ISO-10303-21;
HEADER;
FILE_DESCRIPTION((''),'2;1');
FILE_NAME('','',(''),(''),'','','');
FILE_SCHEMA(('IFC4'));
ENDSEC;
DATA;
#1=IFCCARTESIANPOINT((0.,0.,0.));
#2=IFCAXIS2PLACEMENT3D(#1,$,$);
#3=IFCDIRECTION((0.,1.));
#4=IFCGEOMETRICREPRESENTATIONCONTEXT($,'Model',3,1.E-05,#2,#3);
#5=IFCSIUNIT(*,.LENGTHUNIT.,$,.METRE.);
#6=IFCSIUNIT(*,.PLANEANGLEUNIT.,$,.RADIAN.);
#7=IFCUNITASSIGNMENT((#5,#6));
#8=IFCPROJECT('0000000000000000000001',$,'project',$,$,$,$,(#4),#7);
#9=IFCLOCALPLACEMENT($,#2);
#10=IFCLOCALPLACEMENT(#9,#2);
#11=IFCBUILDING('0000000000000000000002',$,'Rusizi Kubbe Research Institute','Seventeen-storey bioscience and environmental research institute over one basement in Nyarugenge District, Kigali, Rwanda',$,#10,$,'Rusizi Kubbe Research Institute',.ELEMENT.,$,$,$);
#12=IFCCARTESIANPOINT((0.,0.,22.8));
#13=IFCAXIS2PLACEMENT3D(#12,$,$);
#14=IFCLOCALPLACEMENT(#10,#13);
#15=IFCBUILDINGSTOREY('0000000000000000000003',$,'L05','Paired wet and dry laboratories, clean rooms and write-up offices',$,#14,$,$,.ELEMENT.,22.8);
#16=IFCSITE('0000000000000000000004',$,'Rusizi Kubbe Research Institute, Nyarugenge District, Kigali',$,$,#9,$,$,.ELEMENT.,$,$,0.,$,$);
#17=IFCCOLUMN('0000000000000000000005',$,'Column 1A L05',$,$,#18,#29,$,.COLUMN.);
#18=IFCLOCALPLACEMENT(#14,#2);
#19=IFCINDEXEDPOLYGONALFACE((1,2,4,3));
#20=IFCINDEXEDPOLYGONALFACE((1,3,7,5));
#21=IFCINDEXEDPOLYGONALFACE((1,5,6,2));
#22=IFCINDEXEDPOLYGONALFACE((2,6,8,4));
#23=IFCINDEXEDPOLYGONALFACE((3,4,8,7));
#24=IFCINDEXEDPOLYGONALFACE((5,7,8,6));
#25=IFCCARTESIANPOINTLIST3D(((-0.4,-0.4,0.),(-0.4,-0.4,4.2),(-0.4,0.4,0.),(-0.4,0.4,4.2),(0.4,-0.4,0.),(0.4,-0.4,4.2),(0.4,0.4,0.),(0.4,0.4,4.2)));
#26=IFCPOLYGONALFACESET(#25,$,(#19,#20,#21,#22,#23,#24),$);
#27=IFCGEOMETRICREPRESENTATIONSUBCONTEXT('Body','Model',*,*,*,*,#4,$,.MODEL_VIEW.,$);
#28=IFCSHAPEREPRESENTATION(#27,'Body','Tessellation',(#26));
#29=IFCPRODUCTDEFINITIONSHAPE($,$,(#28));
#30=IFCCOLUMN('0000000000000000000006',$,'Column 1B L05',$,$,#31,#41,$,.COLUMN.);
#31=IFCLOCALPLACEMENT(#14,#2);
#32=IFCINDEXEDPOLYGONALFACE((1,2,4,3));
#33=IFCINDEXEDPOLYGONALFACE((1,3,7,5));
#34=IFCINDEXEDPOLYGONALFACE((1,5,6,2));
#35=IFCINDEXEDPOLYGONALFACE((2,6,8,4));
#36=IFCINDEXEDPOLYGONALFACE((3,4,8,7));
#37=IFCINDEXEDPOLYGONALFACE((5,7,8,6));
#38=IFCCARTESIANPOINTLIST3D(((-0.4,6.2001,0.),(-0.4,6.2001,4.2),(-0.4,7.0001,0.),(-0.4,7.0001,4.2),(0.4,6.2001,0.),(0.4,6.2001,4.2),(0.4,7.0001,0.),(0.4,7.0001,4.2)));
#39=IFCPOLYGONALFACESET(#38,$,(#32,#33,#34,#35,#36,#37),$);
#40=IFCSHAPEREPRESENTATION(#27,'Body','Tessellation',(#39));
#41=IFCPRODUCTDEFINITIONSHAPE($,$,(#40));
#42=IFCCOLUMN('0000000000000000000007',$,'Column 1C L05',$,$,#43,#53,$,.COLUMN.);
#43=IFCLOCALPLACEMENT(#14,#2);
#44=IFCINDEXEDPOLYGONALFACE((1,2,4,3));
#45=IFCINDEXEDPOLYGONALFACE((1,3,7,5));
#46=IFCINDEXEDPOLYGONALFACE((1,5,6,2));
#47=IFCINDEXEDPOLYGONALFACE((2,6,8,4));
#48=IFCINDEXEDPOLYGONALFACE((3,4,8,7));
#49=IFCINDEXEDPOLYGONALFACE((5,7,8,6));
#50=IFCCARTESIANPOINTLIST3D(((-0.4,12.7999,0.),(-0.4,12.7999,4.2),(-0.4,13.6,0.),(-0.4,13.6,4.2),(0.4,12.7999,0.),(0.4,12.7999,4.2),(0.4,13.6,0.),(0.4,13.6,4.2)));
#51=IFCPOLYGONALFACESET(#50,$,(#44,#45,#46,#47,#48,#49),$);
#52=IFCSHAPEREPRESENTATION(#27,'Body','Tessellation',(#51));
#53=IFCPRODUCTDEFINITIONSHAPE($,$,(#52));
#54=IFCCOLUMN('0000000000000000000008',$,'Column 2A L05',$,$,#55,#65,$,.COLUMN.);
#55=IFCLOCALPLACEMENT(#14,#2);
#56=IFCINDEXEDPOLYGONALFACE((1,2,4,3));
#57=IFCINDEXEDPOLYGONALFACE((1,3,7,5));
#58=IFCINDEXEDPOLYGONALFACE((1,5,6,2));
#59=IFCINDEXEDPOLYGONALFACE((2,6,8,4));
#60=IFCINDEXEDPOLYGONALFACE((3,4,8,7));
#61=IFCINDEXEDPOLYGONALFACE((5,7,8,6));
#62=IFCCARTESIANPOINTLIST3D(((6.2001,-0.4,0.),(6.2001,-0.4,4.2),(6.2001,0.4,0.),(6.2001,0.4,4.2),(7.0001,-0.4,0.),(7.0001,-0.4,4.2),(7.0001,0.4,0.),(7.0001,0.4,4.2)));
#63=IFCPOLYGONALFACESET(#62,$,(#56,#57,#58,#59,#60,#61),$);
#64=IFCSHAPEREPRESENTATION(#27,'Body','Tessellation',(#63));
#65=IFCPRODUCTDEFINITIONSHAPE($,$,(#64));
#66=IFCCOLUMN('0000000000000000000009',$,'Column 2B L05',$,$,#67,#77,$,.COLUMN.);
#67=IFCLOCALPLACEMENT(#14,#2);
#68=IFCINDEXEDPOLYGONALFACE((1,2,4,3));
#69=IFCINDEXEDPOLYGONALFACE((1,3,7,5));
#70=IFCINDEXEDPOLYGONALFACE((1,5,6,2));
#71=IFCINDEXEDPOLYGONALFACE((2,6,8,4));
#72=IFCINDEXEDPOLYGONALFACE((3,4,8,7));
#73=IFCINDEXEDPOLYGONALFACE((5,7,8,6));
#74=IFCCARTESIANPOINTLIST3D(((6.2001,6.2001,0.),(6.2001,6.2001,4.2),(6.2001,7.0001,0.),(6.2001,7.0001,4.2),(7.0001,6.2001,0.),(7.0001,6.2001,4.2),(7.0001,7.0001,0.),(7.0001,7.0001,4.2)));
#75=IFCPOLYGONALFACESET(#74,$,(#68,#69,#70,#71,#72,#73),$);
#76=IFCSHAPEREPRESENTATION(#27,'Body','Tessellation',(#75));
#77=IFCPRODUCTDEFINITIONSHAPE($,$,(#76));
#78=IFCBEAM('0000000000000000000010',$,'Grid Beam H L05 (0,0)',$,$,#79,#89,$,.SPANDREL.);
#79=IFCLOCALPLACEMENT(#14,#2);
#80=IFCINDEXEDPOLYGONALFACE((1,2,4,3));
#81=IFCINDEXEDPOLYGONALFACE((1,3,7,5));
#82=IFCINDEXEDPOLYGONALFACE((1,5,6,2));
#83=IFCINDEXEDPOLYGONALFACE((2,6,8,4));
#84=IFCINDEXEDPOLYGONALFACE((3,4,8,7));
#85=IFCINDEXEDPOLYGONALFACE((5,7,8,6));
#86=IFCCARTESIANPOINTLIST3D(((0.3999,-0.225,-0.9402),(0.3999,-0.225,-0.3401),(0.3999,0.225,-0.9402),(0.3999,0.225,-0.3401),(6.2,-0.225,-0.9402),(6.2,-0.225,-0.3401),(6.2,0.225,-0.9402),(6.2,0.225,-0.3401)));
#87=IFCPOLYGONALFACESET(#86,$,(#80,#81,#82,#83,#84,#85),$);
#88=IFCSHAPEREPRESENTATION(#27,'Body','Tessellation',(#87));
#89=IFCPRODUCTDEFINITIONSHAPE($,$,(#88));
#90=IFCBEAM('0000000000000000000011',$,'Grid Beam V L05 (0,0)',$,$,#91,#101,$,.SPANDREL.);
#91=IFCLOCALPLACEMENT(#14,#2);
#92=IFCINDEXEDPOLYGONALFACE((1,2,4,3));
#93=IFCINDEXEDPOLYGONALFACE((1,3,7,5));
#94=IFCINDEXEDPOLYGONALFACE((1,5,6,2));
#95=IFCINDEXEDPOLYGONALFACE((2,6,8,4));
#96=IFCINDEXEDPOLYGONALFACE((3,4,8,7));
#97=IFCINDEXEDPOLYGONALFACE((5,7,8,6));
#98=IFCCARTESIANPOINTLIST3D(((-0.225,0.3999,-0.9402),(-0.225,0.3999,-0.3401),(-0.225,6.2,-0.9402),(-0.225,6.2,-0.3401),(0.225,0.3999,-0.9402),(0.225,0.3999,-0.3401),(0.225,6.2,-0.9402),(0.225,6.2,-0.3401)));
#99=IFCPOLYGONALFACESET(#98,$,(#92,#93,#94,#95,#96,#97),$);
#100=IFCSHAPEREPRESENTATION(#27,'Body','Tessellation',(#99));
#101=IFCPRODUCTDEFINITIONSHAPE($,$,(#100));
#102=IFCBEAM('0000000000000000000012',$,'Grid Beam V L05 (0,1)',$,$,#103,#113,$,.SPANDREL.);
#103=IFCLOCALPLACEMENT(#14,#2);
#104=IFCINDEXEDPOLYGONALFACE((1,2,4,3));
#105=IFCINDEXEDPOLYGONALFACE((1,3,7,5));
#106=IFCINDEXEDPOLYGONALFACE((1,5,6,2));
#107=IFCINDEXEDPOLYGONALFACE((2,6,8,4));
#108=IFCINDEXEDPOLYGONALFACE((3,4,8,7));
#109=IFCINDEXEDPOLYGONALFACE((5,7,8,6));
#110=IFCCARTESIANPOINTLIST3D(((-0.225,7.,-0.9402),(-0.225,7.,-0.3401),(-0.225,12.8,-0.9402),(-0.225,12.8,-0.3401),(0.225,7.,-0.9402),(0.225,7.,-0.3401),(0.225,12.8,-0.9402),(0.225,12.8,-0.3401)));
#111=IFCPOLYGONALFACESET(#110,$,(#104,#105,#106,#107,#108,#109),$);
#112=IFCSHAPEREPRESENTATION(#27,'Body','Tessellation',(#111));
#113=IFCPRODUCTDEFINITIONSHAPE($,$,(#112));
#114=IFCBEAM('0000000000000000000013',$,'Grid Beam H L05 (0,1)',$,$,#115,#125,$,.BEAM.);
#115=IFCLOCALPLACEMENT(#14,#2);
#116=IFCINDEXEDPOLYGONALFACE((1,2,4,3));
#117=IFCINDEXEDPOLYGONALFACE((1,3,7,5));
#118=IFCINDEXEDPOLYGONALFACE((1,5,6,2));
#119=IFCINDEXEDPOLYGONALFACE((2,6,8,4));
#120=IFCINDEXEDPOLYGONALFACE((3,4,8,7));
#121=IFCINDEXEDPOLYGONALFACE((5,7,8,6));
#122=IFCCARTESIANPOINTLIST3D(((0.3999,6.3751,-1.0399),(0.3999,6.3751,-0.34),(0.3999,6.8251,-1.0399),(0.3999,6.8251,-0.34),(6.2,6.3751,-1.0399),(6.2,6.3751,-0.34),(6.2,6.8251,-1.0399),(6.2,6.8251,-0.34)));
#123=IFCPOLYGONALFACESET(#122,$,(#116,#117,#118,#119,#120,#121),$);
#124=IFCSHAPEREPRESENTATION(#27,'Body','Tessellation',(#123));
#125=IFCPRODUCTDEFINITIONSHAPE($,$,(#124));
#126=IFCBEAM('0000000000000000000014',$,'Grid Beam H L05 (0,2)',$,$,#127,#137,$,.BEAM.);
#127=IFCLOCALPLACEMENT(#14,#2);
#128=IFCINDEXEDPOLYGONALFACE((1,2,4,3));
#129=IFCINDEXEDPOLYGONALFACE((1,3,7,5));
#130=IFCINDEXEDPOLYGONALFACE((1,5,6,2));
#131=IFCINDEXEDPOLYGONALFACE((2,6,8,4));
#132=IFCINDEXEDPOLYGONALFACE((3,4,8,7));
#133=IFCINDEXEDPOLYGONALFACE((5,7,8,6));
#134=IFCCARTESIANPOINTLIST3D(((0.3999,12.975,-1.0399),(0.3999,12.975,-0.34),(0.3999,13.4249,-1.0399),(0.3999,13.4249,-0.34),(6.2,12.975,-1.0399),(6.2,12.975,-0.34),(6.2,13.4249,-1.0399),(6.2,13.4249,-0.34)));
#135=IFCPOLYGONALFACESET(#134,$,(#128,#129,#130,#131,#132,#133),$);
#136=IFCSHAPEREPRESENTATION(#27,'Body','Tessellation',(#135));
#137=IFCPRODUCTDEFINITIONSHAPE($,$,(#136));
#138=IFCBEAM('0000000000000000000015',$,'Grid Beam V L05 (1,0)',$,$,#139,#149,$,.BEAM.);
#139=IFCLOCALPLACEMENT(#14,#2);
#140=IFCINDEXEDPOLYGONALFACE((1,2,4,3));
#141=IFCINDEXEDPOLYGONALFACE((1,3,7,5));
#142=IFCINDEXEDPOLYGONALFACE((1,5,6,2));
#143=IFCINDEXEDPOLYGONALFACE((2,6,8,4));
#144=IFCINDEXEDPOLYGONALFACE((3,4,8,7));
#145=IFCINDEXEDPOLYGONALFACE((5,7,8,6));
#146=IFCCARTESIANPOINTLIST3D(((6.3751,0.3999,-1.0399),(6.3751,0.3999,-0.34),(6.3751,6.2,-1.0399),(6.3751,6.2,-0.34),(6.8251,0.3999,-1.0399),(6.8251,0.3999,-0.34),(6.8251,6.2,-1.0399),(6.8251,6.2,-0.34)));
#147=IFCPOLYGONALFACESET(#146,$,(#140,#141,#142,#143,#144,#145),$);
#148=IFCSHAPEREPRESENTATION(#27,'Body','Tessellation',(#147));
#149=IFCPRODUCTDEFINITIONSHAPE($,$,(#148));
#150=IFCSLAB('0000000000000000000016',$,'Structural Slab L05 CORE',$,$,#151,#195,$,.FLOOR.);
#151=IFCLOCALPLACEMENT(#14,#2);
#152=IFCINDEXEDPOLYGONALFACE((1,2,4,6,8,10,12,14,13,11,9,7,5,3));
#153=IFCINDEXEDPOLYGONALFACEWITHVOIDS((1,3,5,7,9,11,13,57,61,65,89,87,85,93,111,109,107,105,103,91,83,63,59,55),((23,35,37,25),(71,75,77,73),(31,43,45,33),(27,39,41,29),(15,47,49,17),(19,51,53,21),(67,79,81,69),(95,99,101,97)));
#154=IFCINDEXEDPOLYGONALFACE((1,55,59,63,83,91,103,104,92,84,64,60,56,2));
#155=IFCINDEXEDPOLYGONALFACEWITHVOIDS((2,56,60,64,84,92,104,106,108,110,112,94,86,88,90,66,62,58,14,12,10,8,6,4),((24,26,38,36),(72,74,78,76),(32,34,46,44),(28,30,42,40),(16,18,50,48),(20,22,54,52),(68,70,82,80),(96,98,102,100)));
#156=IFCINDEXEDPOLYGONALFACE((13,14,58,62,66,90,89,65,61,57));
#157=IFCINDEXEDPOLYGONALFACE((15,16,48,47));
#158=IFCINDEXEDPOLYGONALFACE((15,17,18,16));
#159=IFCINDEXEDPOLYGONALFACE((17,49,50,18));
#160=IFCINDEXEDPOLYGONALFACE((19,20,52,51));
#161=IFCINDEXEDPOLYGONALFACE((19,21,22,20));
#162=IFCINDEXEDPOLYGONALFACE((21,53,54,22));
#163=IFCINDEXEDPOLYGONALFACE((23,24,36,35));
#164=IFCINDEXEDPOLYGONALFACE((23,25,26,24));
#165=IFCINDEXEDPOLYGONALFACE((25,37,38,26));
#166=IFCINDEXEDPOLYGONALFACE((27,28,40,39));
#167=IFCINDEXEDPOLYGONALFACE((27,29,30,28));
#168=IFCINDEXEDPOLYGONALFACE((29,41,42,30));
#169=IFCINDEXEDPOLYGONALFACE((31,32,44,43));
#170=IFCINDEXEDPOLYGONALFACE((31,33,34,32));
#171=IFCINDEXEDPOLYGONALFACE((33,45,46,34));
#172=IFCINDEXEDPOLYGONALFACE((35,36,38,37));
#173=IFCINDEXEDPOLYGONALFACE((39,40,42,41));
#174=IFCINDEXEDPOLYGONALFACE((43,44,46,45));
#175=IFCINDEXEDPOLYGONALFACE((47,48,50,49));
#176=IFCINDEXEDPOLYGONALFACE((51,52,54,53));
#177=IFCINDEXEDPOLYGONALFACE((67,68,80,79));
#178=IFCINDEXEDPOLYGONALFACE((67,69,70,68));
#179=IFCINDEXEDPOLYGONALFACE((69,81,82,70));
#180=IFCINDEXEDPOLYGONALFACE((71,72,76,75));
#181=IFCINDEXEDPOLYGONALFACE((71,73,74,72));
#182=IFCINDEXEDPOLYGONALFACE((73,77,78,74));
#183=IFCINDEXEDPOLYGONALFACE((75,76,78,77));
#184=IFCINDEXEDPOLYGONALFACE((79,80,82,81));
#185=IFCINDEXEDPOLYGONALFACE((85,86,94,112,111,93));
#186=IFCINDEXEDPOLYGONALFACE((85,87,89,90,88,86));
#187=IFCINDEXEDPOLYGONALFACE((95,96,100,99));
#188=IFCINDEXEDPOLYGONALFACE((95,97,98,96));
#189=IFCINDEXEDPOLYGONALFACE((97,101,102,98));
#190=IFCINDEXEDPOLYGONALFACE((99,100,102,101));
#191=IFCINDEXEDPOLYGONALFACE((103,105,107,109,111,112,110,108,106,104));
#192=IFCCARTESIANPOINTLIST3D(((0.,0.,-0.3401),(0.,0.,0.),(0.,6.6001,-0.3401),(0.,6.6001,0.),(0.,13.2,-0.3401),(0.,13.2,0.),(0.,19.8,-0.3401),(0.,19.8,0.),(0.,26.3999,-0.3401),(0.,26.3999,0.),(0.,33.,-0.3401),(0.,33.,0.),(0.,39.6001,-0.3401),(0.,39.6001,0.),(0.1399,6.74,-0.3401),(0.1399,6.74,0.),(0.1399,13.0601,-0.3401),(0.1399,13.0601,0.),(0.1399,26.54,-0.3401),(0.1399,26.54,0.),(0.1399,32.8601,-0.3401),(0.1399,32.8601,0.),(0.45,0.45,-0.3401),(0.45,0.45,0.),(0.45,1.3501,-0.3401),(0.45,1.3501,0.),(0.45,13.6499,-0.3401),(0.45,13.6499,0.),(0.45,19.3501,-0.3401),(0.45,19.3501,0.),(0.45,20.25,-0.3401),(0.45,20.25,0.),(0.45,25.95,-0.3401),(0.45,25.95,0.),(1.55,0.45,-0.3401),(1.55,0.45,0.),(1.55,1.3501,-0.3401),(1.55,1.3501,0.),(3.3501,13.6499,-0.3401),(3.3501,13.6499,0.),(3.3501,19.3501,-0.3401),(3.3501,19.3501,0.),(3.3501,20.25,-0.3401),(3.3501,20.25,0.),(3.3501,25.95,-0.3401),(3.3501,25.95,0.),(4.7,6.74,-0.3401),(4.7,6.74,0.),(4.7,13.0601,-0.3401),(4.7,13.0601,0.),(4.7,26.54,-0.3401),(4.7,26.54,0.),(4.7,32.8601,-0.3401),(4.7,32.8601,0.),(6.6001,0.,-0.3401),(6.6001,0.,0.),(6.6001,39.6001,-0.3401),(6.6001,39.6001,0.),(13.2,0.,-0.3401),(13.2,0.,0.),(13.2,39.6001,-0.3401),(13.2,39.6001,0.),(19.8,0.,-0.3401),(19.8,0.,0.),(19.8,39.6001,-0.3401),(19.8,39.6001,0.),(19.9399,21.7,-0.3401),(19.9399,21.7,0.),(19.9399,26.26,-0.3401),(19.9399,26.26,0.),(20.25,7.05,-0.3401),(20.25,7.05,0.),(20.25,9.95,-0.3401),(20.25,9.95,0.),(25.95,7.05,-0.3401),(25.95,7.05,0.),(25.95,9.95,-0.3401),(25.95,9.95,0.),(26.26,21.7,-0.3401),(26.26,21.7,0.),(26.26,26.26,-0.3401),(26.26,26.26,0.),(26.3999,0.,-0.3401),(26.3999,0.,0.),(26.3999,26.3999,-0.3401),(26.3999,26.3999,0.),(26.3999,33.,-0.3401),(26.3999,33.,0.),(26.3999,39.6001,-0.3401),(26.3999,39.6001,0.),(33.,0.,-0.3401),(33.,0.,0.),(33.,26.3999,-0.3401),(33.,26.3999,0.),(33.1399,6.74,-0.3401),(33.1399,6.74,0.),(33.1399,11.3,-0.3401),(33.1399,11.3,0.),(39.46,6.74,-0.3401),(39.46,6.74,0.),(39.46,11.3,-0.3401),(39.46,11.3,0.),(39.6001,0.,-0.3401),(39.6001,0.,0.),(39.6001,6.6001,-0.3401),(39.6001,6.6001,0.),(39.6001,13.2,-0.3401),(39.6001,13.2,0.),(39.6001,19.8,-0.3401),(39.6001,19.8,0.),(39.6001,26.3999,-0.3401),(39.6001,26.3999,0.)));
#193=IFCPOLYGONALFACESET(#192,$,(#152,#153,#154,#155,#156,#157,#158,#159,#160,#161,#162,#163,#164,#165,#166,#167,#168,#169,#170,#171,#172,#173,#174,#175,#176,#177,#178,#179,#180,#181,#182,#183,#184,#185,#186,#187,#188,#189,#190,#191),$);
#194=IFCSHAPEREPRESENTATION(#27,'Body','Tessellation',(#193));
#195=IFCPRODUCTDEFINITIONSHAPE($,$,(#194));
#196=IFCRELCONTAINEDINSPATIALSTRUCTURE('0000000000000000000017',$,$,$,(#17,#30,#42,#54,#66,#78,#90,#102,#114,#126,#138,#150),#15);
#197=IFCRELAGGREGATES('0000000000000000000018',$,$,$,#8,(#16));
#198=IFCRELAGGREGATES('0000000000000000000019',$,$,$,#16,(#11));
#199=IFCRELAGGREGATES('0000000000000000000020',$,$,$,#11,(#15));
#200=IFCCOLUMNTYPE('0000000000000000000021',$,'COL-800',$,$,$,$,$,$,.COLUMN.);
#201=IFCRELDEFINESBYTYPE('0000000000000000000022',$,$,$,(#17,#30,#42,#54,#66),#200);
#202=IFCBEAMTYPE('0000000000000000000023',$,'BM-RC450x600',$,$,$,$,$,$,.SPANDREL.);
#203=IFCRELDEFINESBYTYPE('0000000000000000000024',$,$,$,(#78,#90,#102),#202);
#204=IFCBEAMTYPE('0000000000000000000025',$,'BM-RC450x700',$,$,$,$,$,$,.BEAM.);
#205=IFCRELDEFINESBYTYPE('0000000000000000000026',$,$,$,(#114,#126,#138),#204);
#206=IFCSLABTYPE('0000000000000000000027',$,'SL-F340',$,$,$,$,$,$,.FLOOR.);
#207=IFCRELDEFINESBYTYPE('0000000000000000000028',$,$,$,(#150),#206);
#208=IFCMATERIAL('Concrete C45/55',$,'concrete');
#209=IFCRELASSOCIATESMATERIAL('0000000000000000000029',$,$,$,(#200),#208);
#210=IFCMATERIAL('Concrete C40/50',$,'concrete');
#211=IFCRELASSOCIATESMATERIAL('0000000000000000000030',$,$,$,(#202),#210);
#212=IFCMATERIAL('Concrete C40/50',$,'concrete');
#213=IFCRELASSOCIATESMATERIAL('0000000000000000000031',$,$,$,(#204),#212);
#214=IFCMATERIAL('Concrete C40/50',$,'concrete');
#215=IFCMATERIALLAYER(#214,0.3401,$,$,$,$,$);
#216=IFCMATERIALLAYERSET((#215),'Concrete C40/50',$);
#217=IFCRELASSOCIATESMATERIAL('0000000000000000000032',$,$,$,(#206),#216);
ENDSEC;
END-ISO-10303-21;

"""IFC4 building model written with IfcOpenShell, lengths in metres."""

from ifc_helpers import new_model, si_unit, direction, frame, origin, origin_2d, place, context, subcontext, project, spatial, polyline, rectangle, outline, extrude, material, layer, layer_set, material_profile, profile_set, type_object, element, save


model = new_model("IFC4")

# Units and contexts
model_context = context("Model", 3, precision=1e-05, world=origin(), true_north=direction((0.0, 1.0)))
body_context = subcontext(model_context, "Body", "Model", "MODEL_VIEW")
ifc_project = project(units=[si_unit("LENGTHUNIT", "METRE"), si_unit("PLANEANGLEUNIT", "RADIAN")], contexts=[model_context])

# Site, building, storey
site_placement = place(None, origin())
site = spatial("IfcSite", under=ifc_project, at=site_placement, Name="Rusizi Kubbe Research Institute, Nyarugenge District, Kigali", CompositionType="ELEMENT", RefElevation=0.0)
building_placement = place(site_placement, origin())
building = spatial("IfcBuilding", under=site, at=building_placement, Name="Rusizi Kubbe Research Institute", Description="Seventeen-storey bioscience and environmental research institute over one basement in Nyarugenge District, Kigali, Rwanda", LongName="Rusizi Kubbe Research Institute", CompositionType="ELEMENT")
storey_placement = place(building_placement, frame((0.0, 0.0, 22.8)))
storey = spatial("IfcBuildingStorey", under=building, at=storey_placement, Name="L05", Description="Paired wet and dry laboratories, clean rooms and write-up offices", CompositionType="ELEMENT", Elevation=22.8)

# Columns
ifc_material_1 = material(Name="Concrete C45/55", Category="concrete")
ifc_material_profile_1 = material_profile(ifc_material_1, rectangle(XDim=0.8, YDim=0.8, at=origin_2d()), Name="RC800x800")
ifc_profile_set_1 = profile_set([ifc_material_profile_1], Name="Concrete C45/55")
column_type = type_object("IfcColumnType", Name="COL-800", PredefinedType="COLUMN", material=ifc_profile_set_1)
for number, where, z_axis, x_axis, name in (
    (1, (0.0, 0.0, 0.0), (0.0, 0.0, 1.0), (1.0, 0.0, 0.0), "Column 1A L05"),
    (2, (0.0, 6.6001, 0.0), (0.0, 0.0, 1.0), (1.0, 0.0, 0.0), "Column 1B L05"),
    (3, (0.0, 13.2, 0.0), (0.0, 0.0, 1.0), (1.0, 0.0, 0.0), "Column 1C L05"),
    (4, (6.6001, 0.0, 0.0), (0.0, 0.0, 1.0), (1.0, 0.0, 0.0), "Column 2A L05"),
    (5, (6.6001, 6.6001, 0.0), (0.0, 0.0, 1.0), (1.0, 0.0, 0.0), "Column 2B L05"),
):
    element("IfcColumn", number, at=place(storey_placement, frame(where, z_axis=z_axis, x_axis=x_axis)), inside=storey, type_object=column_type, Name=name, PredefinedType="COLUMN", context=body_context, shape_type="SweptSolid", body=[
        extrude(rectangle(XDim=0.8, YDim=0.8, at=origin_2d()), origin(), (0.0, 0.0, 1.0), 4.2),
    ])

# Beams
ifc_material_2 = material(Name="Concrete C40/50", Category="concrete")
ifc_material_profile_2 = material_profile(ifc_material_2, rectangle(XDim=0.45, YDim=0.6001, at=origin_2d()), Name="RC450x600")
ifc_profile_set_2 = profile_set([ifc_material_profile_2], Name="Concrete C40/50")
beam_type_1 = type_object("IfcBeamType", Name="BM-RC450x600", PredefinedType="SPANDREL", material=ifc_profile_set_2)
for number, where, z_axis, x_axis, name in (
    (6, (0.3999, 0.0, -0.6401), (1.0, 0.0, 0.0), (0.0, 1.0, 0.0), "Grid Beam H L05 (0,0)"),
    (7, (0.0, 0.3999, -0.6401), (0.0, 1.0, 0.0), (-1.0, 0.0, 0.0), "Grid Beam V L05 (0,0)"),
    (8, (0.0, 7.0, -0.6401), (0.0, 1.0, 0.0), (-1.0, 0.0, 0.0), "Grid Beam V L05 (0,1)"),
):
    element("IfcBeam", number, at=place(storey_placement, frame(where, z_axis=z_axis, x_axis=x_axis)), inside=storey, type_object=beam_type_1, Name=name, PredefinedType="SPANDREL", context=body_context, shape_type="SweptSolid", body=[
        extrude(rectangle(XDim=0.45, YDim=0.6001, at=origin_2d()), origin(), (0.0, 0.0, 1.0), 5.8),
    ])
ifc_material_3 = material(Name="Concrete C40/50", Category="concrete")
ifc_material_profile_3 = material_profile(ifc_material_3, rectangle(XDim=0.45, YDim=0.7, at=origin_2d()), Name="RC450x700B")
ifc_profile_set_3 = profile_set([ifc_material_profile_3], Name="Concrete C40/50")
beam_type_2 = type_object("IfcBeamType", Name="BM-RC450x700", PredefinedType="BEAM", material=ifc_profile_set_3)
for number, where, z_axis, x_axis, name in (
    (9, (0.3999, 6.6001, -0.6899), (1.0, 0.0, 0.0), (0.0, 1.0, 0.0), "Grid Beam H L05 (0,1)"),
    (10, (0.3999, 13.2, -0.6899), (1.0, 0.0, 0.0), (0.0, 1.0, 0.0), "Grid Beam H L05 (0,2)"),
    (11, (6.6001, 0.3999, -0.6899), (0.0, 1.0, 0.0), (-1.0, 0.0, 0.0), "Grid Beam V L05 (1,0)"),
):
    element("IfcBeam", number, at=place(storey_placement, frame(where, z_axis=z_axis, x_axis=x_axis)), inside=storey, type_object=beam_type_2, Name=name, PredefinedType="BEAM", context=body_context, shape_type="SweptSolid", body=[
        extrude(rectangle(XDim=0.45, YDim=0.7, at=origin_2d()), origin(), (0.0, 0.0, 1.0), 5.8),
    ])

# Slab
ifc_material_4 = material(Name="Concrete C40/50", Category="concrete")
ifc_layer_1 = layer(ifc_material_4, 0.3401)
ifc_layer_set_1 = layer_set([ifc_layer_1], Name="Concrete C40/50")
slab_type_1 = type_object("IfcSlabType", Name="SL-F340", PredefinedType="FLOOR", material=ifc_layer_set_1)
slab_1_placement = place(storey_placement, frame((0.0, 0.0, -0.3401)))
element("IfcSlab", 12, at=slab_1_placement, inside=storey, type_object=slab_type_1, Name="Structural Slab L05 CORE", PredefinedType="FLOOR", context=body_context, shape_type="SweptSolid", body=[
    extrude(outline(polyline([(0.0, 33.0), (0.0, 39.6001), (6.6001, 39.6001), (13.2, 39.6001), (19.8, 39.6001), (26.3999, 39.6001), (26.3999, 33.0), (26.3999, 26.3999), (33.0, 26.3999), (39.6001, 26.3999), (39.6001, 19.8), (39.6001, 13.2), (39.6001, 6.6001), (39.6001, 0.0), (33.0, 0.0), (26.3999, 0.0), (19.8, 0.0), (13.2, 0.0), (6.6001, 0.0), (0.0, 0.0), (0.0, 6.6001), (0.0, 13.2), (0.0, 19.8), (0.0, 26.3999), (0.0, 33.0)]), holes=[polyline([(0.45, 1.3501), (0.45, 0.45), (1.55, 0.45), (1.55, 1.3501), (0.45, 1.3501)]), polyline([(20.25, 9.95), (20.25, 7.05), (25.95, 7.05), (25.95, 9.95), (20.25, 9.95)]), polyline([(33.1399, 11.3), (33.1399, 6.74), (39.46, 6.74), (39.46, 11.3), (33.1399, 11.3)]), polyline([(0.1399, 13.0601), (0.1399, 6.74), (4.7, 6.74), (4.7, 13.0601), (0.1399, 13.0601)]), polyline([(0.45, 19.3501), (0.45, 13.6499), (3.3501, 13.6499), (3.3501, 19.3501), (0.45, 19.3501)]), polyline([(0.45, 25.95), (0.45, 20.25), (3.3501, 20.25), (3.3501, 25.95), (0.45, 25.95)]), polyline([(19.9399, 26.26), (19.9399, 21.7), (26.26, 21.7), (26.26, 26.26), (19.9399, 26.26)]), polyline([(4.7, 32.8601), (0.1399, 32.8601), (0.1399, 26.54), (4.7, 26.54), (4.7, 32.8601)])]), origin(), (0.0, 0.0, 1.0), 0.3401),
])

save(model, "model.ifc")
